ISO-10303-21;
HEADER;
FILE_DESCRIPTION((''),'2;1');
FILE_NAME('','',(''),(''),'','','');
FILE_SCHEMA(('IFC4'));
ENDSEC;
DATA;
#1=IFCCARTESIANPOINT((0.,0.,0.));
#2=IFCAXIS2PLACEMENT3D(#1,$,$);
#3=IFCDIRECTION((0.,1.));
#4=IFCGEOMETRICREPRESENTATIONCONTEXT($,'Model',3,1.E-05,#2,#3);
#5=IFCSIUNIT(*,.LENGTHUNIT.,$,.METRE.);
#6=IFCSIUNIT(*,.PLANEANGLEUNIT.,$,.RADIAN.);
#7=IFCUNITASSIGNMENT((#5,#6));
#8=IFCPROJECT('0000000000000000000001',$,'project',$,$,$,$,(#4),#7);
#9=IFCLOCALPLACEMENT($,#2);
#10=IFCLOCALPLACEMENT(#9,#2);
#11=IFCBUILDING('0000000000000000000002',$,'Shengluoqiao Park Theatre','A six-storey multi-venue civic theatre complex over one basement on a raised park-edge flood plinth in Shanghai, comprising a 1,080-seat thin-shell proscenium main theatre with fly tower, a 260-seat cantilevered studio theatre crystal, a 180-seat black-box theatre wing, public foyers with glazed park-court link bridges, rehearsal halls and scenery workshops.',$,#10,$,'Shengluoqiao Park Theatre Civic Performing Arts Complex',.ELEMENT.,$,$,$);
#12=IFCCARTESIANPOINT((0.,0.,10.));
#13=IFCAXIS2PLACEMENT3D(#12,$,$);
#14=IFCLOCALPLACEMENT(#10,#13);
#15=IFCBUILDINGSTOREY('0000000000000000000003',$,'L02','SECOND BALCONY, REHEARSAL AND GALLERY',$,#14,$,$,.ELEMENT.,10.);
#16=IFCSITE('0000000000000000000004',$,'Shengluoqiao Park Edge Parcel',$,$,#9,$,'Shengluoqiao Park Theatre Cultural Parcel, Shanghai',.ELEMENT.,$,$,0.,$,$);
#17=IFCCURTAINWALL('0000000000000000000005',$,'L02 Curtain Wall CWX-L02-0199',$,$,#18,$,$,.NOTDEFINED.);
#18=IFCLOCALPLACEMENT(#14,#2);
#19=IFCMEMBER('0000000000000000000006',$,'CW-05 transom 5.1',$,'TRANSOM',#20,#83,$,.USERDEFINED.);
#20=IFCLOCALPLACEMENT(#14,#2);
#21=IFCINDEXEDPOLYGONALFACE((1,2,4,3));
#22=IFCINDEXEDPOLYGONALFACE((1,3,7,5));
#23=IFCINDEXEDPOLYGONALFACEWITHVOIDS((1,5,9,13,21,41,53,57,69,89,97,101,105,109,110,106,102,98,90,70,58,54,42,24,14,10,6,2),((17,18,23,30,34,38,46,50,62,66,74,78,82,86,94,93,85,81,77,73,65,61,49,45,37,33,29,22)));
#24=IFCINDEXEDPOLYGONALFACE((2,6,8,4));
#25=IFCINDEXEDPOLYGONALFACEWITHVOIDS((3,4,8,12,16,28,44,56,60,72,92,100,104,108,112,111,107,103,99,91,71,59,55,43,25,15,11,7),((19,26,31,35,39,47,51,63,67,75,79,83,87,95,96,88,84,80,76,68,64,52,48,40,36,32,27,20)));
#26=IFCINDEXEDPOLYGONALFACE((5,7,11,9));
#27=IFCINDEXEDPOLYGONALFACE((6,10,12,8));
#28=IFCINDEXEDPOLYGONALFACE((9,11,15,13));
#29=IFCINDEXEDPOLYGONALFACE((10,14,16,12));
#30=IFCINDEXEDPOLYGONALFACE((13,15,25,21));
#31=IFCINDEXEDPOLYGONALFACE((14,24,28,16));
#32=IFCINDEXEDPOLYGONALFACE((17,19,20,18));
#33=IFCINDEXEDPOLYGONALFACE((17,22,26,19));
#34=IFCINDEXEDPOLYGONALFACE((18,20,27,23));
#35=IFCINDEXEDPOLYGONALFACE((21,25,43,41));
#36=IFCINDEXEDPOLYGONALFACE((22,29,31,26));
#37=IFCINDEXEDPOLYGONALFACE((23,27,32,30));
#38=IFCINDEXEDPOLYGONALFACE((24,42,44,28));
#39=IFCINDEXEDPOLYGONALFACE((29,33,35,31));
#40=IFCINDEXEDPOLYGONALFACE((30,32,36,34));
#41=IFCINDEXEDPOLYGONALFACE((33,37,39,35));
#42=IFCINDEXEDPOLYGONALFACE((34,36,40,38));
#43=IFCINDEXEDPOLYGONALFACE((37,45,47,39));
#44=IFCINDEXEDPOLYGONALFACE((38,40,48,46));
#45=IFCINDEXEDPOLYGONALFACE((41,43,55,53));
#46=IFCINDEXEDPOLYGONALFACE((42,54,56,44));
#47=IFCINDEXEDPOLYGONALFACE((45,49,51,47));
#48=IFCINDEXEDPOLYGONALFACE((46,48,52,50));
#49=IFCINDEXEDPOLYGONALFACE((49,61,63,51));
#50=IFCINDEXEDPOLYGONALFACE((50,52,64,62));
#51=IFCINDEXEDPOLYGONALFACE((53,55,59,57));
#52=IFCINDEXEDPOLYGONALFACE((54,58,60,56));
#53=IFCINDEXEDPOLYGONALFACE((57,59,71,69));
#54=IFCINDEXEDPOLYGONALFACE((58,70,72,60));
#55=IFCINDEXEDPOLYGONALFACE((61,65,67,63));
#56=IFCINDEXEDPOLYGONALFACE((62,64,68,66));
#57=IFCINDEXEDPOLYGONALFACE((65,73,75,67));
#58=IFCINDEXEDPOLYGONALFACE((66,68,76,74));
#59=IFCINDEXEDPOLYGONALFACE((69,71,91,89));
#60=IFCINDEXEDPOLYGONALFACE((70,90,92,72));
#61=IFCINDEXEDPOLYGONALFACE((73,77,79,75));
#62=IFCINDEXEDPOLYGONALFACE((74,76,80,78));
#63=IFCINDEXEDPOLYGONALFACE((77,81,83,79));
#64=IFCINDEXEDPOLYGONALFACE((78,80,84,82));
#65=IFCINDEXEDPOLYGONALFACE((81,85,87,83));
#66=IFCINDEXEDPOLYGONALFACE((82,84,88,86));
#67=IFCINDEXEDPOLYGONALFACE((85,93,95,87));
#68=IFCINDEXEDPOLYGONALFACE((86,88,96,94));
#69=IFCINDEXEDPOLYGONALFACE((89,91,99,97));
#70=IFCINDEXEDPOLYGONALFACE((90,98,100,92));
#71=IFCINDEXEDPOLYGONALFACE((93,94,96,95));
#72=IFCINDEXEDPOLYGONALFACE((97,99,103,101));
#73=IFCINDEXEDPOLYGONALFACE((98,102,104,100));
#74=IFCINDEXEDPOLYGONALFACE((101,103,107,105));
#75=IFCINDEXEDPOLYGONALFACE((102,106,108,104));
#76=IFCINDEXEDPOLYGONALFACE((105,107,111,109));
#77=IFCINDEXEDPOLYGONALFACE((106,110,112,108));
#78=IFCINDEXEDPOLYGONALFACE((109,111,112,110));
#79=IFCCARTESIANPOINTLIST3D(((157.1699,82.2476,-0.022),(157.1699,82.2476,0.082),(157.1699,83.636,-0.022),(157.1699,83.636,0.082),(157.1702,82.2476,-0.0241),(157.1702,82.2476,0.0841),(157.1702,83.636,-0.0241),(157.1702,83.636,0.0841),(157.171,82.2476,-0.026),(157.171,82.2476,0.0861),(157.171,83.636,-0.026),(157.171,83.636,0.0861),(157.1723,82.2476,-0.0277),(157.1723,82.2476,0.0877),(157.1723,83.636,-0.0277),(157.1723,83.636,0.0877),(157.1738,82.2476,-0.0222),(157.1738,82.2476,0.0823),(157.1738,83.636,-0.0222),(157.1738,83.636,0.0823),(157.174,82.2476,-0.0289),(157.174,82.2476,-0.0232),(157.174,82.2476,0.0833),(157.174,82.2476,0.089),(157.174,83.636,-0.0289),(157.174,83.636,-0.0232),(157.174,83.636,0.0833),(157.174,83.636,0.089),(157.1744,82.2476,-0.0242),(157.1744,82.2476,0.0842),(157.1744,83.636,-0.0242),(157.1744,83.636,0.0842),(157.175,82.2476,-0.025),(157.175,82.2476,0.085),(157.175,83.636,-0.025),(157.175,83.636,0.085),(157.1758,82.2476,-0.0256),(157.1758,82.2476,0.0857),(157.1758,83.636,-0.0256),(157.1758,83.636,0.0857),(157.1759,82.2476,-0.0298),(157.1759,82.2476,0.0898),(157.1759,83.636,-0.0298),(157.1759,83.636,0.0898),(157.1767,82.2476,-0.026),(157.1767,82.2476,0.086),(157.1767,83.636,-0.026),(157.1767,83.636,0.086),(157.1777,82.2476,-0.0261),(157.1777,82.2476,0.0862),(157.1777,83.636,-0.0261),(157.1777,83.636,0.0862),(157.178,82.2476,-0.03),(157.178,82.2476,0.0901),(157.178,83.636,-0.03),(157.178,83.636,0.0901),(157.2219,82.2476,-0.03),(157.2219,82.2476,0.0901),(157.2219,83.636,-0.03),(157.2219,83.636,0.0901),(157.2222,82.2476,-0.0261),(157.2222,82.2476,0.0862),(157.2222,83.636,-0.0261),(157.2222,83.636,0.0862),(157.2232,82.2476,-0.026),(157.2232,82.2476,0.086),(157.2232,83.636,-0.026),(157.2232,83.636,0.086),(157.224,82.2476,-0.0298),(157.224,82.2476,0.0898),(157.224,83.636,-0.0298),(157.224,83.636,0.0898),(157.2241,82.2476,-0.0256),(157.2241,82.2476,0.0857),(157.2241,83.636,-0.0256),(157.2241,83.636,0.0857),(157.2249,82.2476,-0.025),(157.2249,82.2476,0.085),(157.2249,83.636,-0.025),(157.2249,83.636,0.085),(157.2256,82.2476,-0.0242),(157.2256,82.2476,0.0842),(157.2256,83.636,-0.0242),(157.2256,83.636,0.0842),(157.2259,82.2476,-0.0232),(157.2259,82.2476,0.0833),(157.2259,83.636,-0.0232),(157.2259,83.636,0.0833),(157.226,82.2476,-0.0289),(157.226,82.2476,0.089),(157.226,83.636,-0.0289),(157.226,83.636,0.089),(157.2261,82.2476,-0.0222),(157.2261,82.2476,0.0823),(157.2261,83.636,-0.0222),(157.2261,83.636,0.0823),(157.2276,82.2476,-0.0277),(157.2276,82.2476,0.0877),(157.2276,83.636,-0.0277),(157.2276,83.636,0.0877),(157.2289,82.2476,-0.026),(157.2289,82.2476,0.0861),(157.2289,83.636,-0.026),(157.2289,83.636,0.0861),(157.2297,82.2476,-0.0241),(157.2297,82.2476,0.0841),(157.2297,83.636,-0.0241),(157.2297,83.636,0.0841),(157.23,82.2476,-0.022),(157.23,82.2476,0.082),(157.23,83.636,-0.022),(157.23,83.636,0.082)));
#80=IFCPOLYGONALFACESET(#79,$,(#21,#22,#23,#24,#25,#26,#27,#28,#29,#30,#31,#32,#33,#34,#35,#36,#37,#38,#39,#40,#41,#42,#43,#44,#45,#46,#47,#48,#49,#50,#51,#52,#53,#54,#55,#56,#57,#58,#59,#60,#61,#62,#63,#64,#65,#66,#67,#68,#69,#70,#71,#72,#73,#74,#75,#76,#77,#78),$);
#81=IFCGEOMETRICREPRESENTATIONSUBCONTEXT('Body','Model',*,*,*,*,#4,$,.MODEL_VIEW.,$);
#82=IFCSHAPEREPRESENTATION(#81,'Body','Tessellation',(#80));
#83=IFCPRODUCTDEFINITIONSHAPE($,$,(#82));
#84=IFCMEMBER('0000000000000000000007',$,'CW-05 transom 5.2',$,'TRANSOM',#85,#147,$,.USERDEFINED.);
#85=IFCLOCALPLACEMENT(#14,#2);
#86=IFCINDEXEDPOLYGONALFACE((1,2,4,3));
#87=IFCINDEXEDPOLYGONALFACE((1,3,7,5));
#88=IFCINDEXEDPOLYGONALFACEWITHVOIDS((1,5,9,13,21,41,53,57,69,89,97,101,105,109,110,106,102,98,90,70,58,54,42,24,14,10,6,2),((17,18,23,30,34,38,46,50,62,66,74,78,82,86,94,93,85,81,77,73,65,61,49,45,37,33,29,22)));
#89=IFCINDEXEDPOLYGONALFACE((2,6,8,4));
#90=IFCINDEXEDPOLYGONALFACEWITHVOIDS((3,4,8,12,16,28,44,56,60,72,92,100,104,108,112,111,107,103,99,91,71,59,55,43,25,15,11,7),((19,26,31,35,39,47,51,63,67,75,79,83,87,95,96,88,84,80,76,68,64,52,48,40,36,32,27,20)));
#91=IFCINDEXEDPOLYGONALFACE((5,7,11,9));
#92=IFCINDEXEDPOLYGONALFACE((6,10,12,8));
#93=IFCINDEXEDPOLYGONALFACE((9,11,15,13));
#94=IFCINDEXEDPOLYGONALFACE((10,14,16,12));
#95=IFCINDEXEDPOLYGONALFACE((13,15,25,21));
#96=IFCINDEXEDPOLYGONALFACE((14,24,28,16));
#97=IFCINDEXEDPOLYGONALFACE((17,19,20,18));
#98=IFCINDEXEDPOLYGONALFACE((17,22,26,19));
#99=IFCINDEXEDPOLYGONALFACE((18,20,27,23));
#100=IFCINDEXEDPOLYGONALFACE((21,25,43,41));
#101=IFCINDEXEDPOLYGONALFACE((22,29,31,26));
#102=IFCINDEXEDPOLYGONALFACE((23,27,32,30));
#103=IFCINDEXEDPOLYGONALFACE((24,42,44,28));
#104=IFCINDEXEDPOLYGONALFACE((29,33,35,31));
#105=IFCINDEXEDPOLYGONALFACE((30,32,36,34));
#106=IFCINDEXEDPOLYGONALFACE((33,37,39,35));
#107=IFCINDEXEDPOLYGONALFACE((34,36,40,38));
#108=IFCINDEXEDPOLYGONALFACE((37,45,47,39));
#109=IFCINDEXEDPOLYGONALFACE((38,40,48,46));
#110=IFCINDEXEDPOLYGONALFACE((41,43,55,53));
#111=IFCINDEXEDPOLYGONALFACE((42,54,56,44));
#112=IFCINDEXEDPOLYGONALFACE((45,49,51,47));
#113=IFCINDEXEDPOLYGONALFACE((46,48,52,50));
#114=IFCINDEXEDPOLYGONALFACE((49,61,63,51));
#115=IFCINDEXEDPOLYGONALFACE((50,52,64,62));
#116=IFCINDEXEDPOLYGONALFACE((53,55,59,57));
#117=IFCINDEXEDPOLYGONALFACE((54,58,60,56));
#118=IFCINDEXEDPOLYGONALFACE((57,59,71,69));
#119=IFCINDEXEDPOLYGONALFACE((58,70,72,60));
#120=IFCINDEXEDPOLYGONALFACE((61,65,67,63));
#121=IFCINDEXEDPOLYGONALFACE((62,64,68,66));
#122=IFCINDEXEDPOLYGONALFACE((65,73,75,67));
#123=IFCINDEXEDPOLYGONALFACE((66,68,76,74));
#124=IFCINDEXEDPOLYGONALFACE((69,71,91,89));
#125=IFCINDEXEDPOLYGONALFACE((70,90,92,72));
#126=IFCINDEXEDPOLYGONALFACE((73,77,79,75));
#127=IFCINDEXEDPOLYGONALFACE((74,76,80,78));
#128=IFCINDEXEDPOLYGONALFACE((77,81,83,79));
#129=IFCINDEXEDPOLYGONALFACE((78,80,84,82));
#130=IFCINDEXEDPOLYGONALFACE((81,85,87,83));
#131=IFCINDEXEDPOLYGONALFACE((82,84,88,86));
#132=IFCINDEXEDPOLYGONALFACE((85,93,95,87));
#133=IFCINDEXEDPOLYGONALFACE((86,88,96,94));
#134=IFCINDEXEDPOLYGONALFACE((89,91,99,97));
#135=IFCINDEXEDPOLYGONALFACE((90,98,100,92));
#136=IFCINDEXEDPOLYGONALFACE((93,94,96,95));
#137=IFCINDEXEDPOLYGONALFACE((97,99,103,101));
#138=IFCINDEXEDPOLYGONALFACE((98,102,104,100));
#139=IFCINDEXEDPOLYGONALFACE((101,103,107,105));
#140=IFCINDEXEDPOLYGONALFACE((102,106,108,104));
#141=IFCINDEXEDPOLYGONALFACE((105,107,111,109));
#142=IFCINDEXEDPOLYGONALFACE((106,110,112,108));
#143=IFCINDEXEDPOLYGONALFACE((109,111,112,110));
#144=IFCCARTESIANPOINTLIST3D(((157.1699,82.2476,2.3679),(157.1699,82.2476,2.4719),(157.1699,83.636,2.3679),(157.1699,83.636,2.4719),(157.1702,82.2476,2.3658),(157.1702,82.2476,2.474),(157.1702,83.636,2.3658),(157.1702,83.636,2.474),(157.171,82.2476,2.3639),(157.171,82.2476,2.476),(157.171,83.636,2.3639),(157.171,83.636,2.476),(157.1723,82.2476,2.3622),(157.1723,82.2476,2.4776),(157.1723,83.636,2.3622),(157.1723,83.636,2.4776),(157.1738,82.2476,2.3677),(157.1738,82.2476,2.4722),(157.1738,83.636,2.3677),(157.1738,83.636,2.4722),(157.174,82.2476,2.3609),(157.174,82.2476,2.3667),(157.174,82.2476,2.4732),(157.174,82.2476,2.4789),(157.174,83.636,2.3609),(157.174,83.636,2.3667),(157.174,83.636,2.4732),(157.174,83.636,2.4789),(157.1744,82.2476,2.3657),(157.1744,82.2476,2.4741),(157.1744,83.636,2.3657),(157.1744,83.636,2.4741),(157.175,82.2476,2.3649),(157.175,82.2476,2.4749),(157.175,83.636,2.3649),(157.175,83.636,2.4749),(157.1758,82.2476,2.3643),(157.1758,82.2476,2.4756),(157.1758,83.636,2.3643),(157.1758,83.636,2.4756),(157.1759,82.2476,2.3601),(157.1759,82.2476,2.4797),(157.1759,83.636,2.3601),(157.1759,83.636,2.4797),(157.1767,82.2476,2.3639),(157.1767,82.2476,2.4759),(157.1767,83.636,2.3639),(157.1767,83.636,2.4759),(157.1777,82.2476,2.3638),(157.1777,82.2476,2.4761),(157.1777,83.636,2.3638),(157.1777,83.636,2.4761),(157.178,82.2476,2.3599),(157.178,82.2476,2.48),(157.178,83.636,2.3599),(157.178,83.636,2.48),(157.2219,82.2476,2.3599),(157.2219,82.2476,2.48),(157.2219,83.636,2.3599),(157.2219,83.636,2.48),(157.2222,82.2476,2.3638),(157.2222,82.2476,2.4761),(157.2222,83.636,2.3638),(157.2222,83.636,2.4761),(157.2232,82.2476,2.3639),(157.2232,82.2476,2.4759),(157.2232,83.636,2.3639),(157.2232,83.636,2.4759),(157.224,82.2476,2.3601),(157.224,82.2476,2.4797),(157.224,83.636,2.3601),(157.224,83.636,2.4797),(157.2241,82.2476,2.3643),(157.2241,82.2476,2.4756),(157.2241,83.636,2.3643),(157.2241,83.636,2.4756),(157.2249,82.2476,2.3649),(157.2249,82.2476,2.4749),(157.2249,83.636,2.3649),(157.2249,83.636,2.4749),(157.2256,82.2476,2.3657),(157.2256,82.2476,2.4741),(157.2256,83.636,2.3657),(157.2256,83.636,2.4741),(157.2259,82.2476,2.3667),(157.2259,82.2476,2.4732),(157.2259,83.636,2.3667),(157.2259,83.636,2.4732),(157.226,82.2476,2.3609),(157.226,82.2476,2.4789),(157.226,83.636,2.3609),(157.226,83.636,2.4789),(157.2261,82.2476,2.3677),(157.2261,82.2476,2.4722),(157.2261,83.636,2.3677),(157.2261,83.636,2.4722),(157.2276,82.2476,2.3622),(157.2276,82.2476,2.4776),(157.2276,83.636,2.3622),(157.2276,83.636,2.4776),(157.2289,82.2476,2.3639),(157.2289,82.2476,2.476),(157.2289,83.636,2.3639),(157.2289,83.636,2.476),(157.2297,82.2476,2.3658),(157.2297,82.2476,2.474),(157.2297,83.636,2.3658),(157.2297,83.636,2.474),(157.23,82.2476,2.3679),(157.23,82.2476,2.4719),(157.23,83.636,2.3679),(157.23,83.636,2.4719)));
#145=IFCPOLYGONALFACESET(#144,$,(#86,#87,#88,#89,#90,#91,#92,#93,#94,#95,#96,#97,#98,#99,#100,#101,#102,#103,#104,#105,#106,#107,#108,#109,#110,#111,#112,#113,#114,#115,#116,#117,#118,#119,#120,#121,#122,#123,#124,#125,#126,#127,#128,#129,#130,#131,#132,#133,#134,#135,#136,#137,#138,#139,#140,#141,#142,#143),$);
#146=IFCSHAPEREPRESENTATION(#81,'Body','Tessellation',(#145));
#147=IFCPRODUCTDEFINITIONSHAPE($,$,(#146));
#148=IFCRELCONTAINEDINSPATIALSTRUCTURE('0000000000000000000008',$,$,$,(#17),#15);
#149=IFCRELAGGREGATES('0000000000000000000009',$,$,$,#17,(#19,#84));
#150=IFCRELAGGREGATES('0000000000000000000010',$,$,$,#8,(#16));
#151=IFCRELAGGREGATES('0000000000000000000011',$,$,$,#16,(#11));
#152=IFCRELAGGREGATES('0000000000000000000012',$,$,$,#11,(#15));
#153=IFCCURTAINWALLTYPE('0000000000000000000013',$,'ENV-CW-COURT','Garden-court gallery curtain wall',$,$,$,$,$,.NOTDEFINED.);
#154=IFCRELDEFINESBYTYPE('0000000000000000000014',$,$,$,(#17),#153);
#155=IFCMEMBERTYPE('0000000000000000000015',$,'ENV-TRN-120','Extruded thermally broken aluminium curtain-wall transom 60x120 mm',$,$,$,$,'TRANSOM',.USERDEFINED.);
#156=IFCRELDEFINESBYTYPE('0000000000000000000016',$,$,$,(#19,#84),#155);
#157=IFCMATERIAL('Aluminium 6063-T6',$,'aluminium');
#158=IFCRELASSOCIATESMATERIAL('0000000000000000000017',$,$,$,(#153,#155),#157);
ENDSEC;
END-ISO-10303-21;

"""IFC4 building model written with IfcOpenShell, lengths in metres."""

from ifc_helpers import new_model, si_unit, direction, frame, origin, origin_2d, place, context, subcontext, project, spatial, hollow_rectangle, extrude, material, material_profile, profile_set, type_object, element, aggregate, save


model = new_model("IFC4")

# Units and contexts
model_context = context("Model", 3, precision=1e-05, world=origin(), true_north=direction((0.0, 1.0)))
body_context = subcontext(model_context, "Body", "Model", "MODEL_VIEW")
ifc_project = project(units=[si_unit("LENGTHUNIT", "METRE"), si_unit("PLANEANGLEUNIT", "RADIAN")], contexts=[model_context])

# Site, building, storey
site_placement = place(None, origin())
site = spatial("IfcSite", under=ifc_project, at=site_placement, Name="Shengluoqiao Park Edge Parcel", LongName="Shengluoqiao Park Theatre Cultural Parcel, Shanghai", CompositionType="ELEMENT", RefElevation=0.0)
building_placement = place(site_placement, origin())
building = spatial("IfcBuilding", under=site, at=building_placement, Name="Shengluoqiao Park Theatre", Description="A six-storey multi-venue civic theatre complex over one basement on a raised park-edge flood plinth in Shanghai, comprising a 1,080-seat thin-shell proscenium main theatre with fly tower, a 260-seat cantilevered studio theatre crystal, a 180-seat black-box theatre wing, public foyers with glazed park-court link bridges, rehearsal halls and scenery workshops.", LongName="Shengluoqiao Park Theatre Civic Performing Arts Complex", CompositionType="ELEMENT")
storey_placement = place(building_placement, frame((0.0, 0.0, 10.0)))
storey = spatial("IfcBuildingStorey", under=building, at=storey_placement, Name="L02", Description="SECOND BALCONY, REHEARSAL AND GALLERY", CompositionType="ELEMENT", Elevation=10.0)

# Curtain wall, members
ifc_material_1 = material(Name="Aluminium 6063-T6", Category="aluminium")
curtain_wall_type = type_object("IfcCurtainWallType", Name="ENV-CW-COURT", Description="Garden-court gallery curtain wall", PredefinedType="NOTDEFINED", material=ifc_material_1)
curtain_wall_placement = place(storey_placement, origin())
curtain_wall = element("IfcCurtainWall", 1, at=curtain_wall_placement, inside=storey, type_object=curtain_wall_type, Name="L02 Curtain Wall CWX-L02-0199", PredefinedType="NOTDEFINED")
ifc_material_profile_1 = material_profile(ifc_material_1, hollow_rectangle(XDim=0.0601, YDim=0.1201, WallThickness=0.0039, InnerFilletRadius=0.0039, OuterFilletRadius=0.0081, at=origin_2d()), Name="ALU TRANSOM 120x60x4")
ifc_profile_set_1 = profile_set([ifc_material_profile_1], Name="Aluminium 6063-T6")
member_type_1 = type_object("IfcMemberType", Name="ENV-TRN-120", Description="Extruded thermally broken aluminium curtain-wall transom 60x120 mm", ElementType="TRANSOM", PredefinedType="USERDEFINED", material=ifc_profile_set_1)
member_1_placement = place(storey_placement, frame((157.2, 82.2476, 0.03), z_axis=(0.0, 1.0, 0.0), x_axis=(-1.0, 0.0, 0.0)))
member_1 = element("IfcMember", 2, at=member_1_placement, type_object=member_type_1, Name="CW-05 transom 5.1", ObjectType="TRANSOM", PredefinedType="USERDEFINED", context=body_context, shape_type="SweptSolid", body=[
    extrude(hollow_rectangle(XDim=0.0601, YDim=0.1201, WallThickness=0.0039, InnerFilletRadius=0.0039, OuterFilletRadius=0.0081, at=origin_2d()), origin(), (0.0, 0.0, 1.0), 1.3884),
])
member_2_placement = place(storey_placement, frame((157.2, 82.2476, 2.4199), z_axis=(0.0, 1.0, 0.0), x_axis=(-1.0, 0.0, 0.0)))
member_2 = element("IfcMember", 3, at=member_2_placement, type_object=member_type_1, Name="CW-05 transom 5.2", ObjectType="TRANSOM", PredefinedType="USERDEFINED", context=body_context, shape_type="SweptSolid", body=[
    extrude(hollow_rectangle(XDim=0.0601, YDim=0.1201, WallThickness=0.0039, InnerFilletRadius=0.0039, OuterFilletRadius=0.0081, at=origin_2d()), origin(), (0.0, 0.0, 1.0), 1.3884),
])

aggregate(curtain_wall, [member_1, member_2])

save(model, "model.ifc")
